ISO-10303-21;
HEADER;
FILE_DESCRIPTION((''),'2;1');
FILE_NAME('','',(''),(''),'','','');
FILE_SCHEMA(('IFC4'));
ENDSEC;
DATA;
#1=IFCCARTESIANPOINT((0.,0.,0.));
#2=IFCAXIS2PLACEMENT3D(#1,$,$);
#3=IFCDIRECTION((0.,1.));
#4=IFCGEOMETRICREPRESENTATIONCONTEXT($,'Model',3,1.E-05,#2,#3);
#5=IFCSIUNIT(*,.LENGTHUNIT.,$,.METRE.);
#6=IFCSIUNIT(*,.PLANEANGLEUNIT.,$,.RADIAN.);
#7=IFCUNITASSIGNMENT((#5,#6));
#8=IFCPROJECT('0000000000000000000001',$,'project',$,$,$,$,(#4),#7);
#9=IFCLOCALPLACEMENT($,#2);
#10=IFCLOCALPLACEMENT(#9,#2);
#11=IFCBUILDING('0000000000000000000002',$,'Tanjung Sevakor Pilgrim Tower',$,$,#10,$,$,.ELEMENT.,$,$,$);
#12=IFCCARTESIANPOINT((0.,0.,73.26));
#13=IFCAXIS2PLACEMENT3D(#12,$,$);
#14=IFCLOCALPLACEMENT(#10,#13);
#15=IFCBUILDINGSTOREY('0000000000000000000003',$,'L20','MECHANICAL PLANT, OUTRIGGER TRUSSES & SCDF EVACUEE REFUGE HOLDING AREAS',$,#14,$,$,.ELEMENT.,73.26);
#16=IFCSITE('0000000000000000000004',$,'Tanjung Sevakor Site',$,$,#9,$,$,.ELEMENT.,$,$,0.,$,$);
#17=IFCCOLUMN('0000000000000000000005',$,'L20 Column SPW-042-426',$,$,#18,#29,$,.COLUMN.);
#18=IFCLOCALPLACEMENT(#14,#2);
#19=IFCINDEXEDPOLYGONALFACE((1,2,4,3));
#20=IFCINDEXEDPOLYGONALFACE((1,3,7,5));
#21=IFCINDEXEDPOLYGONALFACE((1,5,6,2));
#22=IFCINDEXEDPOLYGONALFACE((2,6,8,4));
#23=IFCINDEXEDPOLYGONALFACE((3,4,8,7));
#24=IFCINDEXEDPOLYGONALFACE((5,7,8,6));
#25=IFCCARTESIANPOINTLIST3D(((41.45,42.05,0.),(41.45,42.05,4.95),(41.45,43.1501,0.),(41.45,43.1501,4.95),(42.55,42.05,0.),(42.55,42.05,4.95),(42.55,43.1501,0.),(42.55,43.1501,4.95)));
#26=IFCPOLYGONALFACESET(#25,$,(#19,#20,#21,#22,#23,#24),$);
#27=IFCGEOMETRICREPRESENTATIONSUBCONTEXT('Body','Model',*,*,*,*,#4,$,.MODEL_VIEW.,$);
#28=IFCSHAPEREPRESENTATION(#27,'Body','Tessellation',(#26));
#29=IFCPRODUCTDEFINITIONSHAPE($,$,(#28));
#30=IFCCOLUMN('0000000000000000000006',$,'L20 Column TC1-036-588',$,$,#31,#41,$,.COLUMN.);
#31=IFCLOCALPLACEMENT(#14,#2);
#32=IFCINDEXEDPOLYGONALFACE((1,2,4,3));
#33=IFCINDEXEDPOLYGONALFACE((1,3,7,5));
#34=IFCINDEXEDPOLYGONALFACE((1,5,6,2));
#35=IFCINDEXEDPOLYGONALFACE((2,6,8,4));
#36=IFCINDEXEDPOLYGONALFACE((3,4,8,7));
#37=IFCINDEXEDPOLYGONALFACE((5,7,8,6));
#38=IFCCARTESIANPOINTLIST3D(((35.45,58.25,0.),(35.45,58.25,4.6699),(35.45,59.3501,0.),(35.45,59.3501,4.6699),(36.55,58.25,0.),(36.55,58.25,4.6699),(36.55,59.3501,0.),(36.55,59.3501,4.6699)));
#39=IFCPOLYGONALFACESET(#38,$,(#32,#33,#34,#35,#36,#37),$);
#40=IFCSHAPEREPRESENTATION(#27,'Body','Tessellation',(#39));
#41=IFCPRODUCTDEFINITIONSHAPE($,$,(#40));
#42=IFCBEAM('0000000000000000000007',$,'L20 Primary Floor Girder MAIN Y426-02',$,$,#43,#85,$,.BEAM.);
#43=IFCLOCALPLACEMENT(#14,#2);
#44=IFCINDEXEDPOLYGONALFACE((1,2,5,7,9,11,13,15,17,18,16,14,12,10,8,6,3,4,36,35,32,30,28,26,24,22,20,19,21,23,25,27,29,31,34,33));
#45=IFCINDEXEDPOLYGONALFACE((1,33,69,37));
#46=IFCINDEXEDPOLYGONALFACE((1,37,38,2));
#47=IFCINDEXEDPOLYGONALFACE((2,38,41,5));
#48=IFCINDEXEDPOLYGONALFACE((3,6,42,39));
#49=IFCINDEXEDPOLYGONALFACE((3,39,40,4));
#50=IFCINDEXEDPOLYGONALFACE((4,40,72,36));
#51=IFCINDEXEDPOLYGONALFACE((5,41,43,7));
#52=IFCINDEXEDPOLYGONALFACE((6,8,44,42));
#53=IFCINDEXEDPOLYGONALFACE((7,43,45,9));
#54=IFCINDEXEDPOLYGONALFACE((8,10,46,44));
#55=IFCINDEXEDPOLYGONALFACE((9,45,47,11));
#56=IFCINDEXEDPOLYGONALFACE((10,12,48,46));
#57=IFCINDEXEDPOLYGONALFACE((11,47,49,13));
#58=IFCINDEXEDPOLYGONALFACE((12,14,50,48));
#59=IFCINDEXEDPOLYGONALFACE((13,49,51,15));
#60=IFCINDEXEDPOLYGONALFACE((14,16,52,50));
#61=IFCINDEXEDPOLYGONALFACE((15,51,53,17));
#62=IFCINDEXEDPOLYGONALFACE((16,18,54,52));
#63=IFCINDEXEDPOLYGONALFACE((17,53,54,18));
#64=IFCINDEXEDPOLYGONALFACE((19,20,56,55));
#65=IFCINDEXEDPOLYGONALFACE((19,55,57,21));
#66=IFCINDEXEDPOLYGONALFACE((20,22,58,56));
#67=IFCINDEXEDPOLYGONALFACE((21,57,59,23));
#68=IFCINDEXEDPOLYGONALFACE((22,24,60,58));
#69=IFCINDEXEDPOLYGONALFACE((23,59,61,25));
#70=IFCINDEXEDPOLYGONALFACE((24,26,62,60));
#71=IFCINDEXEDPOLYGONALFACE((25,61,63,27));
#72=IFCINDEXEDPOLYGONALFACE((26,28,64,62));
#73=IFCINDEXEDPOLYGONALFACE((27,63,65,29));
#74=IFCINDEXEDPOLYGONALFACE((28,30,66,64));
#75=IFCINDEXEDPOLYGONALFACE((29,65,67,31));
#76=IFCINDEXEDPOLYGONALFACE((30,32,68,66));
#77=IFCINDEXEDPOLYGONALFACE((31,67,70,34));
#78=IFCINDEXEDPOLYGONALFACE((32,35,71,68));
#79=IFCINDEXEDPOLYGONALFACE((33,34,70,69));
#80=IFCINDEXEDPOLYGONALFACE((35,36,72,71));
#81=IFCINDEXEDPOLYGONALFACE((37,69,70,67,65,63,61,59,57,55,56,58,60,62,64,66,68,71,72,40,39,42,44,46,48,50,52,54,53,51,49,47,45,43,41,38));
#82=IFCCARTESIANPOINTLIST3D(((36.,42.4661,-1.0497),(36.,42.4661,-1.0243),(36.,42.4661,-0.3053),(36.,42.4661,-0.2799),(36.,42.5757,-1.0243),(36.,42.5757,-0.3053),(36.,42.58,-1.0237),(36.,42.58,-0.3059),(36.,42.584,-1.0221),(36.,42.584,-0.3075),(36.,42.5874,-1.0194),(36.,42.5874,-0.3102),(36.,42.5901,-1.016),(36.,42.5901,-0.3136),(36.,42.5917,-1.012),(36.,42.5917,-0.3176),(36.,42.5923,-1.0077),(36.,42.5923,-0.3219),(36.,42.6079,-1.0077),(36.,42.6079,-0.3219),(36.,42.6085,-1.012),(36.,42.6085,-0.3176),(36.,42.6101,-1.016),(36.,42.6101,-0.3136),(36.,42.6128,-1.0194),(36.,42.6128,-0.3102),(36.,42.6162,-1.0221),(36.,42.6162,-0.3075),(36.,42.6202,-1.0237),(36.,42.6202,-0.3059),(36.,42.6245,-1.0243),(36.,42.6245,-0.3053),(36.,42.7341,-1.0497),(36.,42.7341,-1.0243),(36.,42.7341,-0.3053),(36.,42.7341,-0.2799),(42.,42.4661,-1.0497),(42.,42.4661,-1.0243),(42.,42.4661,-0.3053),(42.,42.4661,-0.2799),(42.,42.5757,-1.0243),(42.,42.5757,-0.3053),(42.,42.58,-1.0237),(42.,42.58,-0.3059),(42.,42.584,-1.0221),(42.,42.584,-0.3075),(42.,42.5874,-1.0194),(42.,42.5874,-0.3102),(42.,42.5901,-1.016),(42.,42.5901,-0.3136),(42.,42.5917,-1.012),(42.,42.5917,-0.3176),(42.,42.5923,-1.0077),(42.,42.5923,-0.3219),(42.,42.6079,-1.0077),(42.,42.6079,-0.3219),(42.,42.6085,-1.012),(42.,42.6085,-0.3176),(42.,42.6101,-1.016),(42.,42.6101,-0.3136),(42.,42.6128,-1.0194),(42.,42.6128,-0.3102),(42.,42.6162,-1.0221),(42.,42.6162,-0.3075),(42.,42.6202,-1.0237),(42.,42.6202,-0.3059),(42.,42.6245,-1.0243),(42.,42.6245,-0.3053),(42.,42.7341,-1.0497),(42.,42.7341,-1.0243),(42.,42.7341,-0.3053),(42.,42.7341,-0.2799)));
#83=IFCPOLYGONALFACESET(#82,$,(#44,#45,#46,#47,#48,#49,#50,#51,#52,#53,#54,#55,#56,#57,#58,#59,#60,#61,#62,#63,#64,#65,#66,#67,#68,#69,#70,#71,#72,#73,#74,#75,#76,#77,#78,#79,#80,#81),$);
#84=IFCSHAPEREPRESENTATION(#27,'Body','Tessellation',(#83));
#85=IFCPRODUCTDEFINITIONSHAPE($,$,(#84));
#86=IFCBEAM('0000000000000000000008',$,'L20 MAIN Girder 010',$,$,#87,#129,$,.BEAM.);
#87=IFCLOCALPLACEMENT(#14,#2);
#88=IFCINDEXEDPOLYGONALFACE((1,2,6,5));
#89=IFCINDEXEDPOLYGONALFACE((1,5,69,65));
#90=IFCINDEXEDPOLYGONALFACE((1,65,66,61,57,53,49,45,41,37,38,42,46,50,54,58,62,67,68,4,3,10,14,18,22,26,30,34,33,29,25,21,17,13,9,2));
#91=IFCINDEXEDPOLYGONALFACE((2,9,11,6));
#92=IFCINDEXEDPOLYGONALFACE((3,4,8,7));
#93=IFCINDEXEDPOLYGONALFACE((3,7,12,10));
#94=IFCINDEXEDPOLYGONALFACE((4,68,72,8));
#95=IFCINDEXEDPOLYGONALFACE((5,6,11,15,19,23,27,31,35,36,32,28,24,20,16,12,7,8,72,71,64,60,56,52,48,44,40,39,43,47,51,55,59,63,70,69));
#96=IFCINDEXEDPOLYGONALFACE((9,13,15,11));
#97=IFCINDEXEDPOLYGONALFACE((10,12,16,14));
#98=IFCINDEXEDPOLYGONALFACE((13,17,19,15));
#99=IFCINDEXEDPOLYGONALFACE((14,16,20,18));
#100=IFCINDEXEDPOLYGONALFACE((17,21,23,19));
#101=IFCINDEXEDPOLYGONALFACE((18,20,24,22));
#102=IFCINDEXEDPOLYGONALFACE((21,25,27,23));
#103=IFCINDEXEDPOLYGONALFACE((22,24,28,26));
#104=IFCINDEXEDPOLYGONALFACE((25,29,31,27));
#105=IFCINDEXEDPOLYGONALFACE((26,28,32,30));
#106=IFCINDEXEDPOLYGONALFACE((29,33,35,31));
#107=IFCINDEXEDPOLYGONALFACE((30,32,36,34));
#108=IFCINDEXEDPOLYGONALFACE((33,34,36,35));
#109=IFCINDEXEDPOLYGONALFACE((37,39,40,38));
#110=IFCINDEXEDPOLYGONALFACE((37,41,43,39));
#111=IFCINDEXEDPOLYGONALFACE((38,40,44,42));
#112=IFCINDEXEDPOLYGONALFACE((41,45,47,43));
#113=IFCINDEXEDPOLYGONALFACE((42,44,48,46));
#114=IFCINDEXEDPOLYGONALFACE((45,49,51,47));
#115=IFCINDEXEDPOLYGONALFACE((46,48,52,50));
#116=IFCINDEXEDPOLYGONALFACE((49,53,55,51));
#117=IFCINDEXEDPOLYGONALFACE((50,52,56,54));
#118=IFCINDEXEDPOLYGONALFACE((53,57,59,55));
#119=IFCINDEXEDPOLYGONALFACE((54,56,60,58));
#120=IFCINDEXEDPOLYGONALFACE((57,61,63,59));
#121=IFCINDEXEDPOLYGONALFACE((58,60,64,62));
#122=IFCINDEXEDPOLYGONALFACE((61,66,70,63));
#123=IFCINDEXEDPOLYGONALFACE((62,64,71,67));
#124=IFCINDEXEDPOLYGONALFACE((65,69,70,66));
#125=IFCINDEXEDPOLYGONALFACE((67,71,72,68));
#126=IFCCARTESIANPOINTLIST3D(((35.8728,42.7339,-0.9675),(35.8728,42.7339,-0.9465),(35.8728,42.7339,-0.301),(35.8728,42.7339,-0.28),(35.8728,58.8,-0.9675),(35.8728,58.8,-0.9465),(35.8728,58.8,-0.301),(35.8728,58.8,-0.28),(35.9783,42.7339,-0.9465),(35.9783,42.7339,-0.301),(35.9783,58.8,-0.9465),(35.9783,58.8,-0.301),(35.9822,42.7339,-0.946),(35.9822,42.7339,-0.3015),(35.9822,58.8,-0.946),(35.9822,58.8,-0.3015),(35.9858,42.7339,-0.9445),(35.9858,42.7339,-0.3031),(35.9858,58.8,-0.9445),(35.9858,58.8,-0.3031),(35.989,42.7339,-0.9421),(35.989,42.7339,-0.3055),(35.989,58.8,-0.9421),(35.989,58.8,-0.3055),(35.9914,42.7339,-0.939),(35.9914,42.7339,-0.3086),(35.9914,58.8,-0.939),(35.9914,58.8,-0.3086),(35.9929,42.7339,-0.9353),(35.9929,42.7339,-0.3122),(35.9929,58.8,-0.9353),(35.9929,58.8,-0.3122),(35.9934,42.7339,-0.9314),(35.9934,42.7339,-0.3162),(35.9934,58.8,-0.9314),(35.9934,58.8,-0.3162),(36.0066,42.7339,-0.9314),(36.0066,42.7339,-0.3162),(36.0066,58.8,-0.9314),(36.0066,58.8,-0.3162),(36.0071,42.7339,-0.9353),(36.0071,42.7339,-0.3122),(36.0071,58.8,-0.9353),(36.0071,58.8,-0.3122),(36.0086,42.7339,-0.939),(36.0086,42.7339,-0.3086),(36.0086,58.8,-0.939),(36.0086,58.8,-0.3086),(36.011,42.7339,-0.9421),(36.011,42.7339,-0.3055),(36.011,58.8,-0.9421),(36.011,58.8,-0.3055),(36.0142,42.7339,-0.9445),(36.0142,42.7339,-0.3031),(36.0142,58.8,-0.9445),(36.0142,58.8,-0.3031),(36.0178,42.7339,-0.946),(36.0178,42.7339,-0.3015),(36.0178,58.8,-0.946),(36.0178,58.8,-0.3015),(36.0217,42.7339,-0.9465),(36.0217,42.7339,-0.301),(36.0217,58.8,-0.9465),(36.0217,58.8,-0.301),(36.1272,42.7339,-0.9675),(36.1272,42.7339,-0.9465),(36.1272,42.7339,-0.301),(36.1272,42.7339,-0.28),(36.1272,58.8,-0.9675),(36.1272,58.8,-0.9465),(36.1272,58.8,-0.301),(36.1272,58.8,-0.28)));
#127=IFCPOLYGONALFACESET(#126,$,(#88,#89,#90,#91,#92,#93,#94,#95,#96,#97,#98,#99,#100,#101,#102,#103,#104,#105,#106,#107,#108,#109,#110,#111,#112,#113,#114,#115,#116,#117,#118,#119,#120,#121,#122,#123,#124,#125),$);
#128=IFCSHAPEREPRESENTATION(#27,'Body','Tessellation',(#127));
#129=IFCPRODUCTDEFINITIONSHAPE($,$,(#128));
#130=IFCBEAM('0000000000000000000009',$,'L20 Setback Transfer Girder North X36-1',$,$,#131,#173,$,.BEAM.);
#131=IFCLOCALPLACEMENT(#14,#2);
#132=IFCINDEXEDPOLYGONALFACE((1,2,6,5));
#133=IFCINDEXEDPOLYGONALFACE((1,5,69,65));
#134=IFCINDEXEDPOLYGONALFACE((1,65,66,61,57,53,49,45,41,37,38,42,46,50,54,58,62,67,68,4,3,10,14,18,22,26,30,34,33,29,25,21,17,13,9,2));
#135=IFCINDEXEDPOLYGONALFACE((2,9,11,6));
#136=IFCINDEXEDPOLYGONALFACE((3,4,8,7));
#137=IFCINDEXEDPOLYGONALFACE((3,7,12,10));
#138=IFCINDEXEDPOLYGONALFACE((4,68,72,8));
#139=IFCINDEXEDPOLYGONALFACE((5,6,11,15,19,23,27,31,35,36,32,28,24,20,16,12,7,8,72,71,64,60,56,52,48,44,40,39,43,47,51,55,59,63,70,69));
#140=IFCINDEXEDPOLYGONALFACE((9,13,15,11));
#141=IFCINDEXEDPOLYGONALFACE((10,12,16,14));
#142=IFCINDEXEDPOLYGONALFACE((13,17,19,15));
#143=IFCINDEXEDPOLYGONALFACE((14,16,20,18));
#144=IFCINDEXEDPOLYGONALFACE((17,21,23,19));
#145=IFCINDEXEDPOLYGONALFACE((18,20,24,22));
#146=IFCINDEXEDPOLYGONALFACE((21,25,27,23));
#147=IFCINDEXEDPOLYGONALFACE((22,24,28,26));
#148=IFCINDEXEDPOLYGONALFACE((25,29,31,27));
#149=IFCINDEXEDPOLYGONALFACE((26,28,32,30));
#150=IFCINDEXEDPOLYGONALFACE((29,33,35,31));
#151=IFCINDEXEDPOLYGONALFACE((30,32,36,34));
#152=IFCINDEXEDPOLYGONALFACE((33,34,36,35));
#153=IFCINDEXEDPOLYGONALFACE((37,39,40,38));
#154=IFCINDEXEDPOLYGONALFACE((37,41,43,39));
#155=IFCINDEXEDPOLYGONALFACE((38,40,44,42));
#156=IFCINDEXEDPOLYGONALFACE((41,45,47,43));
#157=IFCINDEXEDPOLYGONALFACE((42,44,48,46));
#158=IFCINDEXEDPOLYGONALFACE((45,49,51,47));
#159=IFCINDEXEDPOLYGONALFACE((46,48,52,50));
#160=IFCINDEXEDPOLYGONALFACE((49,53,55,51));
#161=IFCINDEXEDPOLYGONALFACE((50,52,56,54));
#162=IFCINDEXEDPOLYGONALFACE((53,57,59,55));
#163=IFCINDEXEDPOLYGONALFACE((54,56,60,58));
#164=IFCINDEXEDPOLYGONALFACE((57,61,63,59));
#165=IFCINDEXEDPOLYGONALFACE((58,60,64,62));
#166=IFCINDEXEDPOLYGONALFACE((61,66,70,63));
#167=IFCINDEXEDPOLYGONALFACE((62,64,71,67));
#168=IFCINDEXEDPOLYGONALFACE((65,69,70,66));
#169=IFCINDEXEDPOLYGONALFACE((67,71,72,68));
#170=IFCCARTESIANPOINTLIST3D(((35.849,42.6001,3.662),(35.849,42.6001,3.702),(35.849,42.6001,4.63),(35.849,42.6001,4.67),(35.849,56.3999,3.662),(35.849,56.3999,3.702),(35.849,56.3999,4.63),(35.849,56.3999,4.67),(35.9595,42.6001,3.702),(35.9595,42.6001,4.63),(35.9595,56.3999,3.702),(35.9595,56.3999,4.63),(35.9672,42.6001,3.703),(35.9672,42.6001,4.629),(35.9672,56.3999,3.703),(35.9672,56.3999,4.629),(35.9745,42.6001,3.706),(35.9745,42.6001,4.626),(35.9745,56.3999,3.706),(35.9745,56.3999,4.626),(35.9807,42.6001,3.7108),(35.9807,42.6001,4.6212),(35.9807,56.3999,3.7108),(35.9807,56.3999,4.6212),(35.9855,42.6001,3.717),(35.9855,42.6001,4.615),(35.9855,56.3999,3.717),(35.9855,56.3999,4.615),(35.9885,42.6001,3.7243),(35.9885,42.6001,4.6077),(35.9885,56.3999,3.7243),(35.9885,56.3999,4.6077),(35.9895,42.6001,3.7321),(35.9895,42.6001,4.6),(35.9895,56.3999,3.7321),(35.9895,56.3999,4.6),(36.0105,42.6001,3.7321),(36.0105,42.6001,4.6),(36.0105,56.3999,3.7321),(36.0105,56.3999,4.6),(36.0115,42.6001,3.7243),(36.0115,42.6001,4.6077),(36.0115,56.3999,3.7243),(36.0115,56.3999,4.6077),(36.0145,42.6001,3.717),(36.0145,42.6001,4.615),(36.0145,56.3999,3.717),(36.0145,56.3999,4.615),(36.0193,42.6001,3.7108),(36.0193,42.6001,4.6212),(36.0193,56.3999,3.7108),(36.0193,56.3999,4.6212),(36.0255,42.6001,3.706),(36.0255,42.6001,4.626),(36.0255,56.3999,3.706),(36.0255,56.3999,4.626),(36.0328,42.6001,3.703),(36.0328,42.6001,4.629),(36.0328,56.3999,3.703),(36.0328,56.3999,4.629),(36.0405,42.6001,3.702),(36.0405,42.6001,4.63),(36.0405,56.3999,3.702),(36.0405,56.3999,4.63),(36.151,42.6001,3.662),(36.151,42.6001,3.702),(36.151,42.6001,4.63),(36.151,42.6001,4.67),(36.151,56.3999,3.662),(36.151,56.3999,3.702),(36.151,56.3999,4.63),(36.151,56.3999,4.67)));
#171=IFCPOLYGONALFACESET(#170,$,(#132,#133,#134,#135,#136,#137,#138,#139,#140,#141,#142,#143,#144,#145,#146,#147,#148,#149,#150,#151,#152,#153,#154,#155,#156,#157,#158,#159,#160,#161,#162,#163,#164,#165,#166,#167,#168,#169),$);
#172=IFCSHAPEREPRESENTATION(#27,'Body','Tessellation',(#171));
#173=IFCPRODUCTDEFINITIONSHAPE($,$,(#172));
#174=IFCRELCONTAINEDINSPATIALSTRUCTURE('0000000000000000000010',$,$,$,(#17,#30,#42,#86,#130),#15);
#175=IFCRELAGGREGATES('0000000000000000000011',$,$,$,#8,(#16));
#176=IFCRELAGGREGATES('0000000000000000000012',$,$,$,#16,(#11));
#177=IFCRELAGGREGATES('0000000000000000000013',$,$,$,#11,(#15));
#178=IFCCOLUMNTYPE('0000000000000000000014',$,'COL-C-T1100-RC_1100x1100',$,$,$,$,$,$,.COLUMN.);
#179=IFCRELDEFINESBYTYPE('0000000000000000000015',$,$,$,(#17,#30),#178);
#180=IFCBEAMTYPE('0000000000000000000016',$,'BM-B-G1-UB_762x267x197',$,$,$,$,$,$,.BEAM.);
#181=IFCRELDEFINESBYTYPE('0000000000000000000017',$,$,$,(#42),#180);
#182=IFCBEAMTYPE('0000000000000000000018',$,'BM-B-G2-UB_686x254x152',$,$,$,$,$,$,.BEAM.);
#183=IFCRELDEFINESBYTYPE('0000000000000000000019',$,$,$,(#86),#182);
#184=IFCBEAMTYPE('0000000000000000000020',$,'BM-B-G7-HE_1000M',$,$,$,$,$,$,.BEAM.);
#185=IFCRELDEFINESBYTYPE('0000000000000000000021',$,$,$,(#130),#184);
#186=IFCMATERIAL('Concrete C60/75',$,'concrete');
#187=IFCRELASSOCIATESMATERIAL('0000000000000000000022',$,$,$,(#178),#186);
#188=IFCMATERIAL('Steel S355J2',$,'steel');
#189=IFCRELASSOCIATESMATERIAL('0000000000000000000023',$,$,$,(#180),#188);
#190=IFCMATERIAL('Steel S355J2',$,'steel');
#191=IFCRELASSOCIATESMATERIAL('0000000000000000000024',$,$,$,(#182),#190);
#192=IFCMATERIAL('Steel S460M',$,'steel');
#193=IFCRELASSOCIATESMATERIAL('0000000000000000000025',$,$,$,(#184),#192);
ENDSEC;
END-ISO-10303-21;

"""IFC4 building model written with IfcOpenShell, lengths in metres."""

from ifc_helpers import new_model, si_unit, direction, frame, origin, origin_2d, place, context, subcontext, project, spatial, rectangle, i_section, extrude, material, material_profile, profile_set, type_object, element, save


model = new_model("IFC4")

# Units and contexts
model_context = context("Model", 3, precision=1e-05, world=origin(), true_north=direction((0.0, 1.0)))
body_context = subcontext(model_context, "Body", "Model", "MODEL_VIEW")
ifc_project = project(units=[si_unit("LENGTHUNIT", "METRE"), si_unit("PLANEANGLEUNIT", "RADIAN")], contexts=[model_context])

# Site, building, storey
site_placement = place(None, origin())
site = spatial("IfcSite", under=ifc_project, at=site_placement, Name="Tanjung Sevakor Site", CompositionType="ELEMENT", RefElevation=0.0)
building_placement = place(site_placement, origin())
building = spatial("IfcBuilding", under=site, at=building_placement, Name="Tanjung Sevakor Pilgrim Tower", CompositionType="ELEMENT")
storey_placement = place(building_placement, frame((0.0, 0.0, 73.26)))
storey = spatial("IfcBuildingStorey", under=building, at=storey_placement, Name="L20", Description="MECHANICAL PLANT, OUTRIGGER TRUSSES & SCDF EVACUEE REFUGE HOLDING AREAS", CompositionType="ELEMENT", Elevation=73.26)

# Columns
ifc_material_1 = material(Name="Concrete C60/75", Category="concrete")
ifc_material_profile_1 = material_profile(ifc_material_1, rectangle(XDim=1.1001, YDim=1.1001, at=origin_2d()))
ifc_profile_set_1 = profile_set([ifc_material_profile_1], Name="Concrete C60/75")
column_type = type_object("IfcColumnType", Name="COL-C-T1100-RC_1100x1100", PredefinedType="COLUMN", material=ifc_profile_set_1)
column_1_placement = place(storey_placement, frame((42.0, 42.6001, 0.0), z_axis=(0.0, 0.0, 1.0), x_axis=(1.0, 0.0, 0.0)))
element("IfcColumn", 1, at=column_1_placement, inside=storey, type_object=column_type, Name="L20 Column SPW-042-426", PredefinedType="COLUMN", context=body_context, shape_type="SweptSolid", body=[
    extrude(rectangle(XDim=1.1001, YDim=1.1001, at=origin_2d()), origin(), (0.0, 0.0, 1.0), 4.95),
])
column_2_placement = place(storey_placement, frame((36.0, 58.8, 0.0), z_axis=(0.0, 0.0, 1.0), x_axis=(1.0, 0.0, 0.0)))
element("IfcColumn", 2, at=column_2_placement, inside=storey, type_object=column_type, Name="L20 Column TC1-036-588", PredefinedType="COLUMN", context=body_context, shape_type="SweptSolid", body=[
    extrude(rectangle(XDim=1.1001, YDim=1.1001, at=origin_2d()), origin(), (0.0, 0.0, 1.0), 4.6699),
])

# Beams
ifc_material_2 = material(Name="Steel S355J2", Category="steel")
ifc_material_profile_2 = material_profile(ifc_material_2, i_section(OverallWidth=0.2681, OverallDepth=0.7698, WebThickness=0.0156, FlangeThickness=0.0254, FilletRadius=0.0166, at=origin_2d()))
ifc_profile_set_2 = profile_set([ifc_material_profile_2], Name="Steel S355J2")
beam_type_1 = type_object("IfcBeamType", Name="BM-B-G1-UB_762x267x197", PredefinedType="BEAM", material=ifc_profile_set_2)
beam_1_placement = place(storey_placement, frame((36.0, 42.6001, -0.6648), z_axis=(1.0, 0.0, 0.0), x_axis=(0.0, 1.0, 0.0)))
element("IfcBeam", 3, at=beam_1_placement, inside=storey, type_object=beam_type_1, Name="L20 Primary Floor Girder MAIN Y426-02", PredefinedType="BEAM", context=body_context, shape_type="SweptSolid", body=[
    extrude(i_section(OverallWidth=0.2681, OverallDepth=0.7698, WebThickness=0.0156, FlangeThickness=0.0254, FilletRadius=0.0166, at=origin_2d()), origin(), (0.0, 0.0, 1.0), 6.0),
])
ifc_material_3 = material(Name="Steel S355J2", Category="steel")
ifc_material_profile_3 = material_profile(ifc_material_3, i_section(OverallWidth=0.2544, OverallDepth=0.6875, WebThickness=0.0132, FlangeThickness=0.021, FilletRadius=0.0151, at=origin_2d()))
ifc_profile_set_3 = profile_set([ifc_material_profile_3], Name="Steel S355J2")
beam_type_2 = type_object("IfcBeamType", Name="BM-B-G2-UB_686x254x152", PredefinedType="BEAM", material=ifc_profile_set_3)
beam_2_placement = place(storey_placement, frame((36.0, 42.7339, -0.6238), z_axis=(0.0, 1.0, 0.0), x_axis=(-1.0, 0.0, 0.0)))
element("IfcBeam", 4, at=beam_2_placement, inside=storey, type_object=beam_type_2, Name="L20 MAIN Girder 010", PredefinedType="BEAM", context=body_context, shape_type="SweptSolid", body=[
    extrude(i_section(OverallWidth=0.2544, OverallDepth=0.6875, WebThickness=0.0132, FlangeThickness=0.021, FilletRadius=0.0151, at=origin_2d()), origin(), (0.0, 0.0, 1.0), 16.0662),
])
ifc_material_4 = material(Name="Steel S460M", Category="steel")
ifc_material_profile_4 = material_profile(ifc_material_4, i_section(OverallWidth=0.302, OverallDepth=1.0081, WebThickness=0.021, FlangeThickness=0.04, FilletRadius=0.03, at=origin_2d()))
ifc_profile_set_4 = profile_set([ifc_material_profile_4], Name="Steel S460M")
beam_type_3 = type_object("IfcBeamType", Name="BM-B-G7-HE_1000M", PredefinedType="BEAM", material=ifc_profile_set_4)
beam_3_placement = place(storey_placement, frame((36.0, 42.6001, 4.166), z_axis=(0.0, 1.0, 0.0), x_axis=(-1.0, 0.0, 0.0)))
element("IfcBeam", 5, at=beam_3_placement, inside=storey, type_object=beam_type_3, Name="L20 Setback Transfer Girder North X36-1", PredefinedType="BEAM", context=body_context, shape_type="SweptSolid", body=[
    extrude(i_section(OverallWidth=0.302, OverallDepth=1.0081, WebThickness=0.021, FlangeThickness=0.04, FilletRadius=0.03, at=origin_2d()), origin(), (0.0, 0.0, 1.0), 13.7998),
])

save(model, "model.ifc")
